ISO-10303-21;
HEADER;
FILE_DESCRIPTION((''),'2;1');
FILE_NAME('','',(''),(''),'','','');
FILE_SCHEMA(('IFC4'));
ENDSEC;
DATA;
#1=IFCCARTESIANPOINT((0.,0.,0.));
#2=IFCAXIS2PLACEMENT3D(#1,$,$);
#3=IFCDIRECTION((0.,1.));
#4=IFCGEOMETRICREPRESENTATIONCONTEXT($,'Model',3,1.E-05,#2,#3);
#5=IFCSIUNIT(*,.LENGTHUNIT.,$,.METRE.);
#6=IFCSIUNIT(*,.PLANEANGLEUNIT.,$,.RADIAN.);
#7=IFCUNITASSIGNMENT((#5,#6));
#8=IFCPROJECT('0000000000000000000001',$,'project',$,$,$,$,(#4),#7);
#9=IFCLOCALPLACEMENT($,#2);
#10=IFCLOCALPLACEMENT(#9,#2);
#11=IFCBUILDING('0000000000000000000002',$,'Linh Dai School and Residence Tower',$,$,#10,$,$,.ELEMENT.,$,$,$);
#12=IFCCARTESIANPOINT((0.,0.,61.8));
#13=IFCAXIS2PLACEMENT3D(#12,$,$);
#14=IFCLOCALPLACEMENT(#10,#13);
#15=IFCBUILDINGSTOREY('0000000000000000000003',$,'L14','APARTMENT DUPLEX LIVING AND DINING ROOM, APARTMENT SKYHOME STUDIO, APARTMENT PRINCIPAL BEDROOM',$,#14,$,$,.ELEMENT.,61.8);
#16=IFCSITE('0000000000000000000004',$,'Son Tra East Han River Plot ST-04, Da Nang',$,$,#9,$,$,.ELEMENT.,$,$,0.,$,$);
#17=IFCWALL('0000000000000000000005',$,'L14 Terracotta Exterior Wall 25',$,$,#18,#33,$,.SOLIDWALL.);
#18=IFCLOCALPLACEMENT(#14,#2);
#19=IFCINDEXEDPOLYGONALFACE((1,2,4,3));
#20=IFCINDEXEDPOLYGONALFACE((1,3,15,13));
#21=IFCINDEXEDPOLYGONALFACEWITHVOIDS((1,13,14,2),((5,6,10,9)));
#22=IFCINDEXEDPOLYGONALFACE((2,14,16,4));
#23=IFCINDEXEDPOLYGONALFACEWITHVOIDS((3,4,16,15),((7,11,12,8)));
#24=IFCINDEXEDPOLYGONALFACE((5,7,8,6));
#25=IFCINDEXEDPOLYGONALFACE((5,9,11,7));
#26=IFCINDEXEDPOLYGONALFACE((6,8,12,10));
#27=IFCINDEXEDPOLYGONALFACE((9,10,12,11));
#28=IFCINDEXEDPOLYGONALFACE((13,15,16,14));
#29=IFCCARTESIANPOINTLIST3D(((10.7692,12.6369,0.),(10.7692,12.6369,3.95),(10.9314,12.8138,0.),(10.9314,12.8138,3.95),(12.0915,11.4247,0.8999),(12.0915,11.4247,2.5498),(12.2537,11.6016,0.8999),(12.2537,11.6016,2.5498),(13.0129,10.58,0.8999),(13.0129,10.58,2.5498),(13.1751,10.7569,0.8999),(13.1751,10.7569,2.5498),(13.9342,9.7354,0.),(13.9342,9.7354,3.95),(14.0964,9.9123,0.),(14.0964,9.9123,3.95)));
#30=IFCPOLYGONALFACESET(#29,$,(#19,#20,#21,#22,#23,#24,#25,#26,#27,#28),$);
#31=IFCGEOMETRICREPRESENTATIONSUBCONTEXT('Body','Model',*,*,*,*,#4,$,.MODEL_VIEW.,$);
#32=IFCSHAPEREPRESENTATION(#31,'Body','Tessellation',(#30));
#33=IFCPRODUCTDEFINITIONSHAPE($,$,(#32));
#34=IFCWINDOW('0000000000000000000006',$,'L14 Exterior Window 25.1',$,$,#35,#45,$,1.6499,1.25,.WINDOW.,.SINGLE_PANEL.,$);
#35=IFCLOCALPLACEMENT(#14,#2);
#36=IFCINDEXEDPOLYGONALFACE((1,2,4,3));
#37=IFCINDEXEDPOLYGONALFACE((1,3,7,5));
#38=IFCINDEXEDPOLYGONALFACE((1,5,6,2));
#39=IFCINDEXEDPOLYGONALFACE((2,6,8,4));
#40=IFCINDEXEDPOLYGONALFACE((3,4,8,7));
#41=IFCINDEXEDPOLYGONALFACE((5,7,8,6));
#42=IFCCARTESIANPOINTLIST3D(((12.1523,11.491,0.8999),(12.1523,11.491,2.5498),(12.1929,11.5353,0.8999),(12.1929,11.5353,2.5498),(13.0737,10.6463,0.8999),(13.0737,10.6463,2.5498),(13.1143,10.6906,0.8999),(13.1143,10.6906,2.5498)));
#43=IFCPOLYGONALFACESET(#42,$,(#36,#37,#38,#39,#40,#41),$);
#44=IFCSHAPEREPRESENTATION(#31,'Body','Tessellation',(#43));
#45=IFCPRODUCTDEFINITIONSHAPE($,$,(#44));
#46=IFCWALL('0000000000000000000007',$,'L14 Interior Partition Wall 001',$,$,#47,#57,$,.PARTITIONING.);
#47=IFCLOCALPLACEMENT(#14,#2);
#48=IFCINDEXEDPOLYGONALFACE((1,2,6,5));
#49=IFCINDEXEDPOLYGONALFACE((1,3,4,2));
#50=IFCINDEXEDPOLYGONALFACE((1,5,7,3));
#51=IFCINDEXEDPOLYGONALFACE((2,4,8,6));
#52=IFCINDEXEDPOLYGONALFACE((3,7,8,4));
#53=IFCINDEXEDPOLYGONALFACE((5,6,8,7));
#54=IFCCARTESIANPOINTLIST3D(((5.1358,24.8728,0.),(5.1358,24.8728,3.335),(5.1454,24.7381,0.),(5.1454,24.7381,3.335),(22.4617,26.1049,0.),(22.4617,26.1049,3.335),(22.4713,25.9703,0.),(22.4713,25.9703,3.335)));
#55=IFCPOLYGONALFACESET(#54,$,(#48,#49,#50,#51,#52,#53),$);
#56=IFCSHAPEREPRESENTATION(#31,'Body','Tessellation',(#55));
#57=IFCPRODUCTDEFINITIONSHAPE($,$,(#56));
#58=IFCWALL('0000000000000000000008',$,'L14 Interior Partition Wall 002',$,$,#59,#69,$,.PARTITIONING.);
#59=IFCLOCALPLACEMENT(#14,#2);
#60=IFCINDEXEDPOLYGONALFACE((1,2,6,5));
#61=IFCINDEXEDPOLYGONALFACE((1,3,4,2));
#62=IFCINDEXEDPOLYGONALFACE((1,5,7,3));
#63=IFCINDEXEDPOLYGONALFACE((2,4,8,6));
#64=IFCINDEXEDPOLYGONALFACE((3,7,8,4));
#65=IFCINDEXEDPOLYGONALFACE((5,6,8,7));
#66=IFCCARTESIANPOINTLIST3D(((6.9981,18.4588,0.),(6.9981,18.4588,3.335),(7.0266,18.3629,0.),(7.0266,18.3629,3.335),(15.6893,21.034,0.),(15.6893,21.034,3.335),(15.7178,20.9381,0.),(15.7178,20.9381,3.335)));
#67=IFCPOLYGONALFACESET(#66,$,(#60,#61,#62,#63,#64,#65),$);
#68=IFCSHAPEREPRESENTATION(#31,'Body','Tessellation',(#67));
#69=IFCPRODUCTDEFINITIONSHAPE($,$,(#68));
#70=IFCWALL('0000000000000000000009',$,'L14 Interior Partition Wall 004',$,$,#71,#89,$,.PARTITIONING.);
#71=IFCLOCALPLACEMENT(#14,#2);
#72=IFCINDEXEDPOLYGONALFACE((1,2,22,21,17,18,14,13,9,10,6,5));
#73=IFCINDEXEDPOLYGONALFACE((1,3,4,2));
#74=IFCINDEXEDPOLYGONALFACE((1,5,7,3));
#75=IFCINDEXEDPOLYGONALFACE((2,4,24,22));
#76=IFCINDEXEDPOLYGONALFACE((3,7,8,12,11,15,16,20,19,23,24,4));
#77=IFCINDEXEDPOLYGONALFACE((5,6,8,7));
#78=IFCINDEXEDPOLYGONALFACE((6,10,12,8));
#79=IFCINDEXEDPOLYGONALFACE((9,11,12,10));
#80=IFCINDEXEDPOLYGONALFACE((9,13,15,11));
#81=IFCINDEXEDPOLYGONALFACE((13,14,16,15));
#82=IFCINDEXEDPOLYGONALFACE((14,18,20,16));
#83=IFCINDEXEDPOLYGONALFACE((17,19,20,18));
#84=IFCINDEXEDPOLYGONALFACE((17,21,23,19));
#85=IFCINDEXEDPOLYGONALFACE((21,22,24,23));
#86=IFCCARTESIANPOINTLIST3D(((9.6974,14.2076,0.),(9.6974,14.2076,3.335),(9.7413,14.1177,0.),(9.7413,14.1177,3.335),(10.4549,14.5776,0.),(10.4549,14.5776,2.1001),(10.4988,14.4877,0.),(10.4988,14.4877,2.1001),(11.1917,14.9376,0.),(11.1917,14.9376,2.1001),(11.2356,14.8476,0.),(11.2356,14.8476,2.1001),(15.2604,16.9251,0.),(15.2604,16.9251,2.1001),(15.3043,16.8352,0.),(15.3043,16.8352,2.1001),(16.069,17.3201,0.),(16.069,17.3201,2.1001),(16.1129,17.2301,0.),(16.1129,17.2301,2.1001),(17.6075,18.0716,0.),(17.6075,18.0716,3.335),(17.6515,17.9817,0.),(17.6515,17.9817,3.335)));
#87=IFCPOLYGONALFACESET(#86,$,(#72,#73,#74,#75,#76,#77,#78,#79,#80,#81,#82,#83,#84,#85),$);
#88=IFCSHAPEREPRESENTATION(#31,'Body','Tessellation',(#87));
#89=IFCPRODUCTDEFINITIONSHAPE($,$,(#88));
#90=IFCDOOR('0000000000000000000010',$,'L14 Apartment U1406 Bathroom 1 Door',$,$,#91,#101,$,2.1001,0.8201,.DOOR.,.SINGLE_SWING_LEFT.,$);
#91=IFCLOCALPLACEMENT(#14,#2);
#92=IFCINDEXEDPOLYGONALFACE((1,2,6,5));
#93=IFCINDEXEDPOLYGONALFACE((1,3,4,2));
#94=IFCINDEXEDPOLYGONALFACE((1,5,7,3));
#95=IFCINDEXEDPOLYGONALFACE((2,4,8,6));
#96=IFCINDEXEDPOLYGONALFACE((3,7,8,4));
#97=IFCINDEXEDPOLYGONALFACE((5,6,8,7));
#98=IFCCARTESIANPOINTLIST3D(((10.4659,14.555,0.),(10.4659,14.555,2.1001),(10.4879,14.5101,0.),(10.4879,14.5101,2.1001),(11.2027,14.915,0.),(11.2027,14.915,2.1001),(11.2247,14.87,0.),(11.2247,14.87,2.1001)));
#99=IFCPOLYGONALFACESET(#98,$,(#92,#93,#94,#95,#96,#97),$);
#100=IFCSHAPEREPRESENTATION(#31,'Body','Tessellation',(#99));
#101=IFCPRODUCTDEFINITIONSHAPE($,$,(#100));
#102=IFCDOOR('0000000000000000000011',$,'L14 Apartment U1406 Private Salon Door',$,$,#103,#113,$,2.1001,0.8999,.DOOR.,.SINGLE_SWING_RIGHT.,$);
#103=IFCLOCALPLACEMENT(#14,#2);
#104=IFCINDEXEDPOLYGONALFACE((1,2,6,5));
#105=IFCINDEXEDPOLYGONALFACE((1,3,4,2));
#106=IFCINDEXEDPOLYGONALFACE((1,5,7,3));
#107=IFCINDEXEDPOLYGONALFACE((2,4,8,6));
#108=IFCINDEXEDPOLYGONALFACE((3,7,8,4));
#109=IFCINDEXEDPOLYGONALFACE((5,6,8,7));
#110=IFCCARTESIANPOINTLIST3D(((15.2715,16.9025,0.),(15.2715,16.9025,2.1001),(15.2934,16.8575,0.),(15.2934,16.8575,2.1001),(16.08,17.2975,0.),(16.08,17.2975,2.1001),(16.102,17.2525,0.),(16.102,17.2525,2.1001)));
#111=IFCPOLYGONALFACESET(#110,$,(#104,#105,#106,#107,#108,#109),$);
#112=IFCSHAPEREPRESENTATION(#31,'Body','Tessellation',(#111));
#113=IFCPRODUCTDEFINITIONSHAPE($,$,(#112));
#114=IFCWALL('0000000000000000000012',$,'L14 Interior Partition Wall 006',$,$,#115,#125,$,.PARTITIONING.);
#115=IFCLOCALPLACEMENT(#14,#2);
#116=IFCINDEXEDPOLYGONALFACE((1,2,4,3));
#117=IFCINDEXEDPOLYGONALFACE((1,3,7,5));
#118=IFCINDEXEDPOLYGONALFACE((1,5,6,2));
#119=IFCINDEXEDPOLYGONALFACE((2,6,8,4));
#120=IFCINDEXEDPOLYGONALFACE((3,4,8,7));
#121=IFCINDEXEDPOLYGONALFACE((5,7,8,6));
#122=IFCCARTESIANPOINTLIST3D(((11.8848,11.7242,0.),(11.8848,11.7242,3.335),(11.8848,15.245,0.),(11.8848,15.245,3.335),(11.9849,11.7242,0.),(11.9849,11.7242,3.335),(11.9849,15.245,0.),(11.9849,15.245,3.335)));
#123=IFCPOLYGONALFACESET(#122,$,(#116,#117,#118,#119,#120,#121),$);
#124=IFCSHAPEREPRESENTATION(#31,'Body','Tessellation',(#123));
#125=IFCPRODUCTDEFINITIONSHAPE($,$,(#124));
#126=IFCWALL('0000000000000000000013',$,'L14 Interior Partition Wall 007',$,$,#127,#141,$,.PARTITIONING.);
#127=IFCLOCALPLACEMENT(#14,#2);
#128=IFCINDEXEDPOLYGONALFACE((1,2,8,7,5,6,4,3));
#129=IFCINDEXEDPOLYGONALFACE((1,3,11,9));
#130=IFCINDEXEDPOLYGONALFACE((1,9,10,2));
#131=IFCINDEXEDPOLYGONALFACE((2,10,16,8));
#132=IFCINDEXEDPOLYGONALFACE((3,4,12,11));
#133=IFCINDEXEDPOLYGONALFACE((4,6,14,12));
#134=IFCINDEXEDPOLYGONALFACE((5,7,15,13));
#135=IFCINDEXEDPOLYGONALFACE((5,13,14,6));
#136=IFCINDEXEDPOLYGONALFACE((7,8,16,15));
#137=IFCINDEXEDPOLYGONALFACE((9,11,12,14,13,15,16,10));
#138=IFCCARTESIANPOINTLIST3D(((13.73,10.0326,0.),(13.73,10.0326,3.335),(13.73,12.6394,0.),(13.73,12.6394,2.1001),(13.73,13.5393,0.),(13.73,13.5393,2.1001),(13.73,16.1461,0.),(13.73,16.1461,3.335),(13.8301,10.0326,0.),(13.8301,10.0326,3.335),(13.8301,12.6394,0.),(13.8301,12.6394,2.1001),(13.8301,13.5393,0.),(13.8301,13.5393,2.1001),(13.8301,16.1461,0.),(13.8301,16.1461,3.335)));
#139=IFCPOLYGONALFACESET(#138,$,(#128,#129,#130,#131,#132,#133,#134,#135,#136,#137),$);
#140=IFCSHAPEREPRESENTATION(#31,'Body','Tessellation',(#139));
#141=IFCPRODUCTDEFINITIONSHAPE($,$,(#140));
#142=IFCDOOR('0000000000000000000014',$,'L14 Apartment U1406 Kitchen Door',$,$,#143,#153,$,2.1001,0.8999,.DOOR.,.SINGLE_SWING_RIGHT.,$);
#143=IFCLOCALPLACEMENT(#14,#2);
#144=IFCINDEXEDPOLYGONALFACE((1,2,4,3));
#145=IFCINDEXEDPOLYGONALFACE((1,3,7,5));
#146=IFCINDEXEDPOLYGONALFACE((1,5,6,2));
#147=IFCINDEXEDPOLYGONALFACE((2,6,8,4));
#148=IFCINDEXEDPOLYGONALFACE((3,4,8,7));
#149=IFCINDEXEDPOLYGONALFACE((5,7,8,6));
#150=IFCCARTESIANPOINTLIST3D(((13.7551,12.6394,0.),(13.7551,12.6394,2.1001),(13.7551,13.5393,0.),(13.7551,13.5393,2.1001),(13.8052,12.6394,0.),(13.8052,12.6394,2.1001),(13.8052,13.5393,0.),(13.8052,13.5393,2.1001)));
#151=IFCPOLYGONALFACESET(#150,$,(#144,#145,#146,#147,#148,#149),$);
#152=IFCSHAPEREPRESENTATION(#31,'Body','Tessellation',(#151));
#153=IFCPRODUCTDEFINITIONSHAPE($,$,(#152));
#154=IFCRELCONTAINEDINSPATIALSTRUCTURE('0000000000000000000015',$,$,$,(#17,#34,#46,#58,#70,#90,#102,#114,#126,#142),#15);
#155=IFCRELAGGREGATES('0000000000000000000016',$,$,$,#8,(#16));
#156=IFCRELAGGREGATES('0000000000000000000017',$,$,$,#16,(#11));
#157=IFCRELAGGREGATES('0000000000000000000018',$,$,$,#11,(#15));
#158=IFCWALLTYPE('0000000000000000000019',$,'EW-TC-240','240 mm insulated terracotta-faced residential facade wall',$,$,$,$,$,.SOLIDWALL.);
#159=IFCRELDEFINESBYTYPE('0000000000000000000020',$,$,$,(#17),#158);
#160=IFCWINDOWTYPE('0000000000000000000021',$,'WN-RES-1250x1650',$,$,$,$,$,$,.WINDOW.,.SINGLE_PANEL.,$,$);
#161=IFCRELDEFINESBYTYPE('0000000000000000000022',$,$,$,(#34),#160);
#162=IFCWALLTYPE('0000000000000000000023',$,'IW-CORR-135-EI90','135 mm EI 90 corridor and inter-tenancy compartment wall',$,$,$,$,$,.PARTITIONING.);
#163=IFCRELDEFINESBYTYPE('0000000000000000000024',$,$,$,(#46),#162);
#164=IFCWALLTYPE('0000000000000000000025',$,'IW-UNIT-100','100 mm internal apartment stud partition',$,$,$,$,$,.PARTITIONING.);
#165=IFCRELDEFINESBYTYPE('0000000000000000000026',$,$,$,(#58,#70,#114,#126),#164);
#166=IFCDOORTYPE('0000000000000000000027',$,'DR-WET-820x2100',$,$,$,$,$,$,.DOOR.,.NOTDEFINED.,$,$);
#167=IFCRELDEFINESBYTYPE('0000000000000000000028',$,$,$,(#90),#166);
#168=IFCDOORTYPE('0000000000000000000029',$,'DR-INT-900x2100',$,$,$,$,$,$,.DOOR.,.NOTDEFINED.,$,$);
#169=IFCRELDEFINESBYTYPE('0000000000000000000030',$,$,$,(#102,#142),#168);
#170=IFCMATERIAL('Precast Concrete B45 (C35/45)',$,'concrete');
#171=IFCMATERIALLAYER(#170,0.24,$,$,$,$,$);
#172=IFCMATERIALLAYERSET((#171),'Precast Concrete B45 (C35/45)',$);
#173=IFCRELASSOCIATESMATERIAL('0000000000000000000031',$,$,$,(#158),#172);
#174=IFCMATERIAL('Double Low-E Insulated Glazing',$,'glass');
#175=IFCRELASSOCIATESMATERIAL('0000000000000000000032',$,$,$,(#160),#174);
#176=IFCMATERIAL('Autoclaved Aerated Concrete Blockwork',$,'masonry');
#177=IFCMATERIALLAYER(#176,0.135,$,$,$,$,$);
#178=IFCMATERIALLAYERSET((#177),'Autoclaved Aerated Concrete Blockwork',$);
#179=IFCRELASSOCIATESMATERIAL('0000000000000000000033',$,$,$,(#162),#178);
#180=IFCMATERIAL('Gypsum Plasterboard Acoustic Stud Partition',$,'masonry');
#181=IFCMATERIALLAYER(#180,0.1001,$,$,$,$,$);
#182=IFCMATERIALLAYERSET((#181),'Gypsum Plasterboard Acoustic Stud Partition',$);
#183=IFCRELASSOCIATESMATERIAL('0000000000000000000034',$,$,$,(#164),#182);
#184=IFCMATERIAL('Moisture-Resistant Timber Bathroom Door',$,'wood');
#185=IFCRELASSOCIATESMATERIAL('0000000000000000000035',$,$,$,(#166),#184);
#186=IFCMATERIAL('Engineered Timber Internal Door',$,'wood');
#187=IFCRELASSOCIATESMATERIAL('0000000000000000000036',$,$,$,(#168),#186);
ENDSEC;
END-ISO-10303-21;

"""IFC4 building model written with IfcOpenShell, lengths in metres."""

from ifc_helpers import new_model, si_unit, direction, frame, frame_2d, origin, origin_2d, place, context, subcontext, project, spatial, rectangle, extrude, source, transform, mapped, material, layer, layer_set, type_object, element, fill, save


model = new_model("IFC4")

# Units and contexts
model_context = context("Model", 3, precision=1e-05, world=origin(), true_north=direction((0.0, 1.0)))
body_context = subcontext(model_context, "Body", "Model", "MODEL_VIEW")
ifc_project = project(units=[si_unit("LENGTHUNIT", "METRE"), si_unit("PLANEANGLEUNIT", "RADIAN")], contexts=[model_context])

# Site, building, storey
site_placement = place(None, origin())
site = spatial("IfcSite", under=ifc_project, at=site_placement, Name="Son Tra East Han River Plot ST-04, Da Nang", CompositionType="ELEMENT", RefElevation=0.0)
building_placement = place(site_placement, origin())
building = spatial("IfcBuilding", under=site, at=building_placement, Name="Linh Dai School and Residence Tower", CompositionType="ELEMENT")
storey_placement = place(building_placement, frame((0.0, 0.0, 61.8)))
storey = spatial("IfcBuildingStorey", under=building, at=storey_placement, Name="L14", Description="APARTMENT DUPLEX LIVING AND DINING ROOM, APARTMENT SKYHOME STUDIO, APARTMENT PRINCIPAL BEDROOM", CompositionType="ELEMENT", Elevation=61.8)

# Shared definitions
ifc_material_1 = material(Name="Precast Concrete B45 (C35/45)", Category="concrete")

# Shared definitions
ifc_layer_1 = layer(ifc_material_1, 0.24)
ifc_layer_set_1 = layer_set([ifc_layer_1], Name="Precast Concrete B45 (C35/45)")
wall_type_1 = type_object("IfcWallType", Name="EW-TC-240", Description="240 mm insulated terracotta-faced residential facade wall", PredefinedType="SOLIDWALL", material=ifc_layer_set_1)

# Wall, opening, window
ifc_material_2 = material(Name="Double Low-E Insulated Glazing", Category="glass")
window_type_1 = type_object("IfcWindowType", Name="WN-RES-1250x1650", PartitioningType="SINGLE_PANEL", PredefinedType="WINDOW", material=ifc_material_2)
shared_shape_1 = source(origin(), body_context, "Body", "SweptSolid", [
    extrude(rectangle(XDim=1.25, YDim=1.6499, at=origin_2d()), frame((0.625, 0.03, 0.825), z_axis=(0.0, -1.0, 0.0), x_axis=(1.0, 0.0, 0.0)), (0.0, 0.0, 1.0), 0.0601),
])
wall_1_placement = place(storey_placement, frame((14.0154, 9.8237, 0.0), z_axis=(0.0, 0.0, 1.0), x_axis=(-0.737116, 0.675766, 0.0)))
wall_1 = element("IfcWall", 1, at=wall_1_placement, inside=storey, type_object=wall_type_1, Name="L14 Terracotta Exterior Wall 25", PredefinedType="SOLIDWALL", context=body_context, shape_type="SweptSolid", body=[
    extrude(rectangle(XDim=4.2937, YDim=0.24, at=frame_2d((2.147, 0.0))), origin(), (0.0, 0.0, 1.0), 3.95),
])
opening_1_placement = place(wall_1_placement, frame((1.25, 0.0, 0.8999)))
opening_1 = element("IfcOpeningElement", 2, at=opening_1_placement, cuts=wall_1, PredefinedType="OPENING", context=body_context, shape_type="SweptSolid", body=[
    extrude(rectangle(XDim=1.25, YDim=1.6499, at=origin_2d()), frame((0.625, 0.1299, 0.825), z_axis=(0.0, -1.0, 0.0), x_axis=(1.0, 0.0, 0.0)), (0.0, 0.0, 1.0), 0.26),
])
window_1_placement = place(opening_1_placement, origin())
window_1 = element("IfcWindow", 3, at=window_1_placement, inside=storey, type_object=window_type_1, Name="L14 Exterior Window 25.1", OverallHeight=1.6499, OverallWidth=1.25, PartitioningType="SINGLE_PANEL", PredefinedType="WINDOW", context=body_context, shape_type="MappedRepresentation", body=[
    mapped(shared_shape_1, transform((0.0, 0.0, 0.0), x_axis=(1.0, 0.0, 0.0), y_axis=(0.0, 1.0, 0.0), z_axis=(0.0, 0.0, 1.0), scale=1.0)),
])
fill(opening_1, window_1)

# Walls
ifc_material_3 = material(Name="Autoclaved Aerated Concrete Blockwork", Category="masonry")
ifc_layer_2 = layer(ifc_material_3, 0.135)
ifc_layer_set_2 = layer_set([ifc_layer_2], Name="Autoclaved Aerated Concrete Blockwork")
wall_type_2 = type_object("IfcWallType", Name="IW-CORR-135-EI90", Description="135 mm EI 90 corridor and inter-tenancy compartment wall", PredefinedType="PARTITIONING", material=ifc_layer_set_2)
wall_2_placement = place(storey_placement, frame((5.1406, 24.8054, 0.0), z_axis=(0.0, 0.0, 1.0), x_axis=(0.997481, 0.070938, 0.0)))
element("IfcWall", 4, at=wall_2_placement, inside=storey, type_object=wall_type_2, Name="L14 Interior Partition Wall 001", PredefinedType="PARTITIONING", context=body_context, shape_type="SweptSolid", body=[
    extrude(rectangle(XDim=17.3696, YDim=0.135, at=frame_2d((8.6848, 0.0))), origin(), (0.0, 0.0, 1.0), 3.335),
])
ifc_material_4 = material(Name="Gypsum Plasterboard Acoustic Stud Partition", Category="masonry")
ifc_layer_3 = layer(ifc_material_4, 0.1001)
ifc_layer_set_3 = layer_set([ifc_layer_3], Name="Gypsum Plasterboard Acoustic Stud Partition")
wall_type_3 = type_object("IfcWallType", Name="IW-UNIT-100", Description="100 mm internal apartment stud partition", PredefinedType="PARTITIONING", material=ifc_layer_set_3)
wall_3_placement = place(storey_placement, frame((7.0125, 18.4109, 0.0), z_axis=(0.0, 0.0, 1.0), x_axis=(0.958797, 0.284092, 0.0)))
element("IfcWall", 5, at=wall_3_placement, inside=storey, type_object=wall_type_3, Name="L14 Interior Partition Wall 002", PredefinedType="PARTITIONING", context=body_context, shape_type="SweptSolid", body=[
    extrude(rectangle(XDim=9.0647, YDim=0.1001, at=frame_2d((4.5322, 0.0))), origin(), (0.0, 0.0, 1.0), 3.335),
])

# Wall, openings, doors
wall_4_placement = place(storey_placement, frame((9.7192, 14.1626, 0.0), z_axis=(0.0, 0.0, 1.0), x_axis=(0.898527, 0.438919, 0.0)))
wall_4 = element("IfcWall", 6, at=wall_4_placement, inside=storey, type_object=wall_type_3, Name="L14 Interior Partition Wall 004", PredefinedType="PARTITIONING", context=body_context, shape_type="SweptSolid", body=[
    extrude(rectangle(XDim=8.8035, YDim=0.1001, at=frame_2d((4.4019, 0.0))), origin(), (0.0, 0.0, 1.0), 3.335),
])
opening_2_placement = place(wall_4_placement, frame((6.1914, 0.0, 0.0)))
opening_2 = element("IfcOpeningElement", 7, at=opening_2_placement, cuts=wall_4, PredefinedType="OPENING", context=body_context, shape_type="SweptSolid", body=[
    extrude(rectangle(XDim=0.8999, YDim=2.1001, at=origin_2d()), frame((0.45, 0.0601, 1.05), z_axis=(0.0, -1.0, 0.0), x_axis=(1.0, 0.0, 0.0)), (0.0, 0.0, 1.0), 0.1201),
])
opening_3_placement = place(wall_4_placement, frame((0.843, 0.0, 0.0)))
opening_3 = element("IfcOpeningElement", 8, at=opening_3_placement, cuts=wall_4, PredefinedType="OPENING", context=body_context, shape_type="SweptSolid", body=[
    extrude(rectangle(XDim=0.8201, YDim=2.1001, at=origin_2d()), frame((0.4102, 0.0601, 1.05), z_axis=(0.0, -1.0, 0.0), x_axis=(1.0, 0.0, 0.0)), (0.0, 0.0, 1.0), 0.1201),
])
ifc_material_5 = material(Name="Moisture-Resistant Timber Bathroom Door", Category="wood")
door_type_1 = type_object("IfcDoorType", Name="DR-WET-820x2100", OperationType="NOTDEFINED", PredefinedType="DOOR", material=ifc_material_5)
shared_shape_2 = source(origin(), body_context, "Body", "SweptSolid", [
    extrude(rectangle(XDim=0.8201, YDim=2.1001, at=origin_2d()), frame((0.4102, 0.0249, 1.05), z_axis=(0.0, -1.0, 0.0), x_axis=(1.0, 0.0, 0.0)), (0.0, 0.0, 1.0), 0.05),
])
door_1_placement = place(opening_3_placement, origin())
door_1 = element("IfcDoor", 9, at=door_1_placement, inside=storey, type_object=door_type_1, Name="L14 Apartment U1406 Bathroom 1 Door", OperationType="SINGLE_SWING_LEFT", OverallHeight=2.1001, OverallWidth=0.8201, PredefinedType="DOOR", context=body_context, shape_type="MappedRepresentation", body=[
    mapped(shared_shape_2, transform((0.0, 0.0, 0.0), x_axis=(1.0, 0.0, 0.0), y_axis=(0.0, 1.0, 0.0), z_axis=(0.0, 0.0, 1.0), scale=1.0)),
])
fill(opening_3, door_1)
ifc_material_6 = material(Name="Engineered Timber Internal Door", Category="wood")
door_type_2 = type_object("IfcDoorType", Name="DR-INT-900x2100", OperationType="NOTDEFINED", PredefinedType="DOOR", material=ifc_material_6)
shared_shape_3 = source(origin(), body_context, "Body", "SweptSolid", [
    extrude(rectangle(XDim=0.8999, YDim=2.1001, at=origin_2d()), frame((0.45, 0.0249, 1.05), z_axis=(0.0, -1.0, 0.0), x_axis=(1.0, 0.0, 0.0)), (0.0, 0.0, 1.0), 0.05),
])
door_2_placement = place(opening_2_placement, origin())
door_2 = element("IfcDoor", 10, at=door_2_placement, inside=storey, type_object=door_type_2, Name="L14 Apartment U1406 Private Salon Door", OperationType="SINGLE_SWING_RIGHT", OverallHeight=2.1001, OverallWidth=0.8999, PredefinedType="DOOR", context=body_context, shape_type="MappedRepresentation", body=[
    mapped(shared_shape_3, transform((0.0, 0.0, 0.0), x_axis=(1.0, 0.0, 0.0), y_axis=(0.0, 1.0, 0.0), z_axis=(0.0, 0.0, 1.0), scale=1.0)),
])
fill(opening_2, door_2)

# Wall
wall_5_placement = place(storey_placement, frame((11.9348, 11.7244, 0.0), z_axis=(0.0, 0.0, 1.0), x_axis=(0.0, 1.0, 0.0)))
element("IfcWall", 11, at=wall_5_placement, inside=storey, type_object=wall_type_3, Name="L14 Interior Partition Wall 006", PredefinedType="PARTITIONING", context=body_context, shape_type="SweptSolid", body=[
    extrude(rectangle(XDim=3.5208, YDim=0.1001, at=frame_2d((1.7603, 0.0))), origin(), (0.0, 0.0, 1.0), 3.335),
])

# Wall, opening, door
wall_6_placement = place(storey_placement, frame((13.78, 10.0327, 0.0), z_axis=(0.0, 0.0, 1.0), x_axis=(0.0, 1.0, 0.0)))
wall_6 = element("IfcWall", 12, at=wall_6_placement, inside=storey, type_object=wall_type_3, Name="L14 Interior Partition Wall 007", PredefinedType="PARTITIONING", context=body_context, shape_type="SweptSolid", body=[
    extrude(rectangle(XDim=6.1135, YDim=0.1001, at=frame_2d((3.0566, 0.0))), origin(), (0.0, 0.0, 1.0), 3.335),
])
opening_4_placement = place(wall_6_placement, frame((2.6067, 0.0, 0.0)))
opening_4 = element("IfcOpeningElement", 13, at=opening_4_placement, cuts=wall_6, PredefinedType="OPENING", context=body_context, shape_type="SweptSolid", body=[
    extrude(rectangle(XDim=0.8999, YDim=2.1001, at=origin_2d()), frame((0.45, 0.0601, 1.05), z_axis=(0.0, -1.0, 0.0), x_axis=(1.0, 0.0, 0.0)), (0.0, 0.0, 1.0), 0.1201),
])
door_3_placement = place(opening_4_placement, origin())
door_3 = element("IfcDoor", 14, at=door_3_placement, inside=storey, type_object=door_type_2, Name="L14 Apartment U1406 Kitchen Door", OperationType="SINGLE_SWING_RIGHT", OverallHeight=2.1001, OverallWidth=0.8999, PredefinedType="DOOR", context=body_context, shape_type="MappedRepresentation", body=[
    mapped(shared_shape_3, transform((0.0, 0.0, 0.0), x_axis=(1.0, 0.0, 0.0), y_axis=(0.0, 1.0, 0.0), z_axis=(0.0, 0.0, 1.0), scale=1.0)),
])
fill(opening_4, door_3)

save(model, "model.ifc")
